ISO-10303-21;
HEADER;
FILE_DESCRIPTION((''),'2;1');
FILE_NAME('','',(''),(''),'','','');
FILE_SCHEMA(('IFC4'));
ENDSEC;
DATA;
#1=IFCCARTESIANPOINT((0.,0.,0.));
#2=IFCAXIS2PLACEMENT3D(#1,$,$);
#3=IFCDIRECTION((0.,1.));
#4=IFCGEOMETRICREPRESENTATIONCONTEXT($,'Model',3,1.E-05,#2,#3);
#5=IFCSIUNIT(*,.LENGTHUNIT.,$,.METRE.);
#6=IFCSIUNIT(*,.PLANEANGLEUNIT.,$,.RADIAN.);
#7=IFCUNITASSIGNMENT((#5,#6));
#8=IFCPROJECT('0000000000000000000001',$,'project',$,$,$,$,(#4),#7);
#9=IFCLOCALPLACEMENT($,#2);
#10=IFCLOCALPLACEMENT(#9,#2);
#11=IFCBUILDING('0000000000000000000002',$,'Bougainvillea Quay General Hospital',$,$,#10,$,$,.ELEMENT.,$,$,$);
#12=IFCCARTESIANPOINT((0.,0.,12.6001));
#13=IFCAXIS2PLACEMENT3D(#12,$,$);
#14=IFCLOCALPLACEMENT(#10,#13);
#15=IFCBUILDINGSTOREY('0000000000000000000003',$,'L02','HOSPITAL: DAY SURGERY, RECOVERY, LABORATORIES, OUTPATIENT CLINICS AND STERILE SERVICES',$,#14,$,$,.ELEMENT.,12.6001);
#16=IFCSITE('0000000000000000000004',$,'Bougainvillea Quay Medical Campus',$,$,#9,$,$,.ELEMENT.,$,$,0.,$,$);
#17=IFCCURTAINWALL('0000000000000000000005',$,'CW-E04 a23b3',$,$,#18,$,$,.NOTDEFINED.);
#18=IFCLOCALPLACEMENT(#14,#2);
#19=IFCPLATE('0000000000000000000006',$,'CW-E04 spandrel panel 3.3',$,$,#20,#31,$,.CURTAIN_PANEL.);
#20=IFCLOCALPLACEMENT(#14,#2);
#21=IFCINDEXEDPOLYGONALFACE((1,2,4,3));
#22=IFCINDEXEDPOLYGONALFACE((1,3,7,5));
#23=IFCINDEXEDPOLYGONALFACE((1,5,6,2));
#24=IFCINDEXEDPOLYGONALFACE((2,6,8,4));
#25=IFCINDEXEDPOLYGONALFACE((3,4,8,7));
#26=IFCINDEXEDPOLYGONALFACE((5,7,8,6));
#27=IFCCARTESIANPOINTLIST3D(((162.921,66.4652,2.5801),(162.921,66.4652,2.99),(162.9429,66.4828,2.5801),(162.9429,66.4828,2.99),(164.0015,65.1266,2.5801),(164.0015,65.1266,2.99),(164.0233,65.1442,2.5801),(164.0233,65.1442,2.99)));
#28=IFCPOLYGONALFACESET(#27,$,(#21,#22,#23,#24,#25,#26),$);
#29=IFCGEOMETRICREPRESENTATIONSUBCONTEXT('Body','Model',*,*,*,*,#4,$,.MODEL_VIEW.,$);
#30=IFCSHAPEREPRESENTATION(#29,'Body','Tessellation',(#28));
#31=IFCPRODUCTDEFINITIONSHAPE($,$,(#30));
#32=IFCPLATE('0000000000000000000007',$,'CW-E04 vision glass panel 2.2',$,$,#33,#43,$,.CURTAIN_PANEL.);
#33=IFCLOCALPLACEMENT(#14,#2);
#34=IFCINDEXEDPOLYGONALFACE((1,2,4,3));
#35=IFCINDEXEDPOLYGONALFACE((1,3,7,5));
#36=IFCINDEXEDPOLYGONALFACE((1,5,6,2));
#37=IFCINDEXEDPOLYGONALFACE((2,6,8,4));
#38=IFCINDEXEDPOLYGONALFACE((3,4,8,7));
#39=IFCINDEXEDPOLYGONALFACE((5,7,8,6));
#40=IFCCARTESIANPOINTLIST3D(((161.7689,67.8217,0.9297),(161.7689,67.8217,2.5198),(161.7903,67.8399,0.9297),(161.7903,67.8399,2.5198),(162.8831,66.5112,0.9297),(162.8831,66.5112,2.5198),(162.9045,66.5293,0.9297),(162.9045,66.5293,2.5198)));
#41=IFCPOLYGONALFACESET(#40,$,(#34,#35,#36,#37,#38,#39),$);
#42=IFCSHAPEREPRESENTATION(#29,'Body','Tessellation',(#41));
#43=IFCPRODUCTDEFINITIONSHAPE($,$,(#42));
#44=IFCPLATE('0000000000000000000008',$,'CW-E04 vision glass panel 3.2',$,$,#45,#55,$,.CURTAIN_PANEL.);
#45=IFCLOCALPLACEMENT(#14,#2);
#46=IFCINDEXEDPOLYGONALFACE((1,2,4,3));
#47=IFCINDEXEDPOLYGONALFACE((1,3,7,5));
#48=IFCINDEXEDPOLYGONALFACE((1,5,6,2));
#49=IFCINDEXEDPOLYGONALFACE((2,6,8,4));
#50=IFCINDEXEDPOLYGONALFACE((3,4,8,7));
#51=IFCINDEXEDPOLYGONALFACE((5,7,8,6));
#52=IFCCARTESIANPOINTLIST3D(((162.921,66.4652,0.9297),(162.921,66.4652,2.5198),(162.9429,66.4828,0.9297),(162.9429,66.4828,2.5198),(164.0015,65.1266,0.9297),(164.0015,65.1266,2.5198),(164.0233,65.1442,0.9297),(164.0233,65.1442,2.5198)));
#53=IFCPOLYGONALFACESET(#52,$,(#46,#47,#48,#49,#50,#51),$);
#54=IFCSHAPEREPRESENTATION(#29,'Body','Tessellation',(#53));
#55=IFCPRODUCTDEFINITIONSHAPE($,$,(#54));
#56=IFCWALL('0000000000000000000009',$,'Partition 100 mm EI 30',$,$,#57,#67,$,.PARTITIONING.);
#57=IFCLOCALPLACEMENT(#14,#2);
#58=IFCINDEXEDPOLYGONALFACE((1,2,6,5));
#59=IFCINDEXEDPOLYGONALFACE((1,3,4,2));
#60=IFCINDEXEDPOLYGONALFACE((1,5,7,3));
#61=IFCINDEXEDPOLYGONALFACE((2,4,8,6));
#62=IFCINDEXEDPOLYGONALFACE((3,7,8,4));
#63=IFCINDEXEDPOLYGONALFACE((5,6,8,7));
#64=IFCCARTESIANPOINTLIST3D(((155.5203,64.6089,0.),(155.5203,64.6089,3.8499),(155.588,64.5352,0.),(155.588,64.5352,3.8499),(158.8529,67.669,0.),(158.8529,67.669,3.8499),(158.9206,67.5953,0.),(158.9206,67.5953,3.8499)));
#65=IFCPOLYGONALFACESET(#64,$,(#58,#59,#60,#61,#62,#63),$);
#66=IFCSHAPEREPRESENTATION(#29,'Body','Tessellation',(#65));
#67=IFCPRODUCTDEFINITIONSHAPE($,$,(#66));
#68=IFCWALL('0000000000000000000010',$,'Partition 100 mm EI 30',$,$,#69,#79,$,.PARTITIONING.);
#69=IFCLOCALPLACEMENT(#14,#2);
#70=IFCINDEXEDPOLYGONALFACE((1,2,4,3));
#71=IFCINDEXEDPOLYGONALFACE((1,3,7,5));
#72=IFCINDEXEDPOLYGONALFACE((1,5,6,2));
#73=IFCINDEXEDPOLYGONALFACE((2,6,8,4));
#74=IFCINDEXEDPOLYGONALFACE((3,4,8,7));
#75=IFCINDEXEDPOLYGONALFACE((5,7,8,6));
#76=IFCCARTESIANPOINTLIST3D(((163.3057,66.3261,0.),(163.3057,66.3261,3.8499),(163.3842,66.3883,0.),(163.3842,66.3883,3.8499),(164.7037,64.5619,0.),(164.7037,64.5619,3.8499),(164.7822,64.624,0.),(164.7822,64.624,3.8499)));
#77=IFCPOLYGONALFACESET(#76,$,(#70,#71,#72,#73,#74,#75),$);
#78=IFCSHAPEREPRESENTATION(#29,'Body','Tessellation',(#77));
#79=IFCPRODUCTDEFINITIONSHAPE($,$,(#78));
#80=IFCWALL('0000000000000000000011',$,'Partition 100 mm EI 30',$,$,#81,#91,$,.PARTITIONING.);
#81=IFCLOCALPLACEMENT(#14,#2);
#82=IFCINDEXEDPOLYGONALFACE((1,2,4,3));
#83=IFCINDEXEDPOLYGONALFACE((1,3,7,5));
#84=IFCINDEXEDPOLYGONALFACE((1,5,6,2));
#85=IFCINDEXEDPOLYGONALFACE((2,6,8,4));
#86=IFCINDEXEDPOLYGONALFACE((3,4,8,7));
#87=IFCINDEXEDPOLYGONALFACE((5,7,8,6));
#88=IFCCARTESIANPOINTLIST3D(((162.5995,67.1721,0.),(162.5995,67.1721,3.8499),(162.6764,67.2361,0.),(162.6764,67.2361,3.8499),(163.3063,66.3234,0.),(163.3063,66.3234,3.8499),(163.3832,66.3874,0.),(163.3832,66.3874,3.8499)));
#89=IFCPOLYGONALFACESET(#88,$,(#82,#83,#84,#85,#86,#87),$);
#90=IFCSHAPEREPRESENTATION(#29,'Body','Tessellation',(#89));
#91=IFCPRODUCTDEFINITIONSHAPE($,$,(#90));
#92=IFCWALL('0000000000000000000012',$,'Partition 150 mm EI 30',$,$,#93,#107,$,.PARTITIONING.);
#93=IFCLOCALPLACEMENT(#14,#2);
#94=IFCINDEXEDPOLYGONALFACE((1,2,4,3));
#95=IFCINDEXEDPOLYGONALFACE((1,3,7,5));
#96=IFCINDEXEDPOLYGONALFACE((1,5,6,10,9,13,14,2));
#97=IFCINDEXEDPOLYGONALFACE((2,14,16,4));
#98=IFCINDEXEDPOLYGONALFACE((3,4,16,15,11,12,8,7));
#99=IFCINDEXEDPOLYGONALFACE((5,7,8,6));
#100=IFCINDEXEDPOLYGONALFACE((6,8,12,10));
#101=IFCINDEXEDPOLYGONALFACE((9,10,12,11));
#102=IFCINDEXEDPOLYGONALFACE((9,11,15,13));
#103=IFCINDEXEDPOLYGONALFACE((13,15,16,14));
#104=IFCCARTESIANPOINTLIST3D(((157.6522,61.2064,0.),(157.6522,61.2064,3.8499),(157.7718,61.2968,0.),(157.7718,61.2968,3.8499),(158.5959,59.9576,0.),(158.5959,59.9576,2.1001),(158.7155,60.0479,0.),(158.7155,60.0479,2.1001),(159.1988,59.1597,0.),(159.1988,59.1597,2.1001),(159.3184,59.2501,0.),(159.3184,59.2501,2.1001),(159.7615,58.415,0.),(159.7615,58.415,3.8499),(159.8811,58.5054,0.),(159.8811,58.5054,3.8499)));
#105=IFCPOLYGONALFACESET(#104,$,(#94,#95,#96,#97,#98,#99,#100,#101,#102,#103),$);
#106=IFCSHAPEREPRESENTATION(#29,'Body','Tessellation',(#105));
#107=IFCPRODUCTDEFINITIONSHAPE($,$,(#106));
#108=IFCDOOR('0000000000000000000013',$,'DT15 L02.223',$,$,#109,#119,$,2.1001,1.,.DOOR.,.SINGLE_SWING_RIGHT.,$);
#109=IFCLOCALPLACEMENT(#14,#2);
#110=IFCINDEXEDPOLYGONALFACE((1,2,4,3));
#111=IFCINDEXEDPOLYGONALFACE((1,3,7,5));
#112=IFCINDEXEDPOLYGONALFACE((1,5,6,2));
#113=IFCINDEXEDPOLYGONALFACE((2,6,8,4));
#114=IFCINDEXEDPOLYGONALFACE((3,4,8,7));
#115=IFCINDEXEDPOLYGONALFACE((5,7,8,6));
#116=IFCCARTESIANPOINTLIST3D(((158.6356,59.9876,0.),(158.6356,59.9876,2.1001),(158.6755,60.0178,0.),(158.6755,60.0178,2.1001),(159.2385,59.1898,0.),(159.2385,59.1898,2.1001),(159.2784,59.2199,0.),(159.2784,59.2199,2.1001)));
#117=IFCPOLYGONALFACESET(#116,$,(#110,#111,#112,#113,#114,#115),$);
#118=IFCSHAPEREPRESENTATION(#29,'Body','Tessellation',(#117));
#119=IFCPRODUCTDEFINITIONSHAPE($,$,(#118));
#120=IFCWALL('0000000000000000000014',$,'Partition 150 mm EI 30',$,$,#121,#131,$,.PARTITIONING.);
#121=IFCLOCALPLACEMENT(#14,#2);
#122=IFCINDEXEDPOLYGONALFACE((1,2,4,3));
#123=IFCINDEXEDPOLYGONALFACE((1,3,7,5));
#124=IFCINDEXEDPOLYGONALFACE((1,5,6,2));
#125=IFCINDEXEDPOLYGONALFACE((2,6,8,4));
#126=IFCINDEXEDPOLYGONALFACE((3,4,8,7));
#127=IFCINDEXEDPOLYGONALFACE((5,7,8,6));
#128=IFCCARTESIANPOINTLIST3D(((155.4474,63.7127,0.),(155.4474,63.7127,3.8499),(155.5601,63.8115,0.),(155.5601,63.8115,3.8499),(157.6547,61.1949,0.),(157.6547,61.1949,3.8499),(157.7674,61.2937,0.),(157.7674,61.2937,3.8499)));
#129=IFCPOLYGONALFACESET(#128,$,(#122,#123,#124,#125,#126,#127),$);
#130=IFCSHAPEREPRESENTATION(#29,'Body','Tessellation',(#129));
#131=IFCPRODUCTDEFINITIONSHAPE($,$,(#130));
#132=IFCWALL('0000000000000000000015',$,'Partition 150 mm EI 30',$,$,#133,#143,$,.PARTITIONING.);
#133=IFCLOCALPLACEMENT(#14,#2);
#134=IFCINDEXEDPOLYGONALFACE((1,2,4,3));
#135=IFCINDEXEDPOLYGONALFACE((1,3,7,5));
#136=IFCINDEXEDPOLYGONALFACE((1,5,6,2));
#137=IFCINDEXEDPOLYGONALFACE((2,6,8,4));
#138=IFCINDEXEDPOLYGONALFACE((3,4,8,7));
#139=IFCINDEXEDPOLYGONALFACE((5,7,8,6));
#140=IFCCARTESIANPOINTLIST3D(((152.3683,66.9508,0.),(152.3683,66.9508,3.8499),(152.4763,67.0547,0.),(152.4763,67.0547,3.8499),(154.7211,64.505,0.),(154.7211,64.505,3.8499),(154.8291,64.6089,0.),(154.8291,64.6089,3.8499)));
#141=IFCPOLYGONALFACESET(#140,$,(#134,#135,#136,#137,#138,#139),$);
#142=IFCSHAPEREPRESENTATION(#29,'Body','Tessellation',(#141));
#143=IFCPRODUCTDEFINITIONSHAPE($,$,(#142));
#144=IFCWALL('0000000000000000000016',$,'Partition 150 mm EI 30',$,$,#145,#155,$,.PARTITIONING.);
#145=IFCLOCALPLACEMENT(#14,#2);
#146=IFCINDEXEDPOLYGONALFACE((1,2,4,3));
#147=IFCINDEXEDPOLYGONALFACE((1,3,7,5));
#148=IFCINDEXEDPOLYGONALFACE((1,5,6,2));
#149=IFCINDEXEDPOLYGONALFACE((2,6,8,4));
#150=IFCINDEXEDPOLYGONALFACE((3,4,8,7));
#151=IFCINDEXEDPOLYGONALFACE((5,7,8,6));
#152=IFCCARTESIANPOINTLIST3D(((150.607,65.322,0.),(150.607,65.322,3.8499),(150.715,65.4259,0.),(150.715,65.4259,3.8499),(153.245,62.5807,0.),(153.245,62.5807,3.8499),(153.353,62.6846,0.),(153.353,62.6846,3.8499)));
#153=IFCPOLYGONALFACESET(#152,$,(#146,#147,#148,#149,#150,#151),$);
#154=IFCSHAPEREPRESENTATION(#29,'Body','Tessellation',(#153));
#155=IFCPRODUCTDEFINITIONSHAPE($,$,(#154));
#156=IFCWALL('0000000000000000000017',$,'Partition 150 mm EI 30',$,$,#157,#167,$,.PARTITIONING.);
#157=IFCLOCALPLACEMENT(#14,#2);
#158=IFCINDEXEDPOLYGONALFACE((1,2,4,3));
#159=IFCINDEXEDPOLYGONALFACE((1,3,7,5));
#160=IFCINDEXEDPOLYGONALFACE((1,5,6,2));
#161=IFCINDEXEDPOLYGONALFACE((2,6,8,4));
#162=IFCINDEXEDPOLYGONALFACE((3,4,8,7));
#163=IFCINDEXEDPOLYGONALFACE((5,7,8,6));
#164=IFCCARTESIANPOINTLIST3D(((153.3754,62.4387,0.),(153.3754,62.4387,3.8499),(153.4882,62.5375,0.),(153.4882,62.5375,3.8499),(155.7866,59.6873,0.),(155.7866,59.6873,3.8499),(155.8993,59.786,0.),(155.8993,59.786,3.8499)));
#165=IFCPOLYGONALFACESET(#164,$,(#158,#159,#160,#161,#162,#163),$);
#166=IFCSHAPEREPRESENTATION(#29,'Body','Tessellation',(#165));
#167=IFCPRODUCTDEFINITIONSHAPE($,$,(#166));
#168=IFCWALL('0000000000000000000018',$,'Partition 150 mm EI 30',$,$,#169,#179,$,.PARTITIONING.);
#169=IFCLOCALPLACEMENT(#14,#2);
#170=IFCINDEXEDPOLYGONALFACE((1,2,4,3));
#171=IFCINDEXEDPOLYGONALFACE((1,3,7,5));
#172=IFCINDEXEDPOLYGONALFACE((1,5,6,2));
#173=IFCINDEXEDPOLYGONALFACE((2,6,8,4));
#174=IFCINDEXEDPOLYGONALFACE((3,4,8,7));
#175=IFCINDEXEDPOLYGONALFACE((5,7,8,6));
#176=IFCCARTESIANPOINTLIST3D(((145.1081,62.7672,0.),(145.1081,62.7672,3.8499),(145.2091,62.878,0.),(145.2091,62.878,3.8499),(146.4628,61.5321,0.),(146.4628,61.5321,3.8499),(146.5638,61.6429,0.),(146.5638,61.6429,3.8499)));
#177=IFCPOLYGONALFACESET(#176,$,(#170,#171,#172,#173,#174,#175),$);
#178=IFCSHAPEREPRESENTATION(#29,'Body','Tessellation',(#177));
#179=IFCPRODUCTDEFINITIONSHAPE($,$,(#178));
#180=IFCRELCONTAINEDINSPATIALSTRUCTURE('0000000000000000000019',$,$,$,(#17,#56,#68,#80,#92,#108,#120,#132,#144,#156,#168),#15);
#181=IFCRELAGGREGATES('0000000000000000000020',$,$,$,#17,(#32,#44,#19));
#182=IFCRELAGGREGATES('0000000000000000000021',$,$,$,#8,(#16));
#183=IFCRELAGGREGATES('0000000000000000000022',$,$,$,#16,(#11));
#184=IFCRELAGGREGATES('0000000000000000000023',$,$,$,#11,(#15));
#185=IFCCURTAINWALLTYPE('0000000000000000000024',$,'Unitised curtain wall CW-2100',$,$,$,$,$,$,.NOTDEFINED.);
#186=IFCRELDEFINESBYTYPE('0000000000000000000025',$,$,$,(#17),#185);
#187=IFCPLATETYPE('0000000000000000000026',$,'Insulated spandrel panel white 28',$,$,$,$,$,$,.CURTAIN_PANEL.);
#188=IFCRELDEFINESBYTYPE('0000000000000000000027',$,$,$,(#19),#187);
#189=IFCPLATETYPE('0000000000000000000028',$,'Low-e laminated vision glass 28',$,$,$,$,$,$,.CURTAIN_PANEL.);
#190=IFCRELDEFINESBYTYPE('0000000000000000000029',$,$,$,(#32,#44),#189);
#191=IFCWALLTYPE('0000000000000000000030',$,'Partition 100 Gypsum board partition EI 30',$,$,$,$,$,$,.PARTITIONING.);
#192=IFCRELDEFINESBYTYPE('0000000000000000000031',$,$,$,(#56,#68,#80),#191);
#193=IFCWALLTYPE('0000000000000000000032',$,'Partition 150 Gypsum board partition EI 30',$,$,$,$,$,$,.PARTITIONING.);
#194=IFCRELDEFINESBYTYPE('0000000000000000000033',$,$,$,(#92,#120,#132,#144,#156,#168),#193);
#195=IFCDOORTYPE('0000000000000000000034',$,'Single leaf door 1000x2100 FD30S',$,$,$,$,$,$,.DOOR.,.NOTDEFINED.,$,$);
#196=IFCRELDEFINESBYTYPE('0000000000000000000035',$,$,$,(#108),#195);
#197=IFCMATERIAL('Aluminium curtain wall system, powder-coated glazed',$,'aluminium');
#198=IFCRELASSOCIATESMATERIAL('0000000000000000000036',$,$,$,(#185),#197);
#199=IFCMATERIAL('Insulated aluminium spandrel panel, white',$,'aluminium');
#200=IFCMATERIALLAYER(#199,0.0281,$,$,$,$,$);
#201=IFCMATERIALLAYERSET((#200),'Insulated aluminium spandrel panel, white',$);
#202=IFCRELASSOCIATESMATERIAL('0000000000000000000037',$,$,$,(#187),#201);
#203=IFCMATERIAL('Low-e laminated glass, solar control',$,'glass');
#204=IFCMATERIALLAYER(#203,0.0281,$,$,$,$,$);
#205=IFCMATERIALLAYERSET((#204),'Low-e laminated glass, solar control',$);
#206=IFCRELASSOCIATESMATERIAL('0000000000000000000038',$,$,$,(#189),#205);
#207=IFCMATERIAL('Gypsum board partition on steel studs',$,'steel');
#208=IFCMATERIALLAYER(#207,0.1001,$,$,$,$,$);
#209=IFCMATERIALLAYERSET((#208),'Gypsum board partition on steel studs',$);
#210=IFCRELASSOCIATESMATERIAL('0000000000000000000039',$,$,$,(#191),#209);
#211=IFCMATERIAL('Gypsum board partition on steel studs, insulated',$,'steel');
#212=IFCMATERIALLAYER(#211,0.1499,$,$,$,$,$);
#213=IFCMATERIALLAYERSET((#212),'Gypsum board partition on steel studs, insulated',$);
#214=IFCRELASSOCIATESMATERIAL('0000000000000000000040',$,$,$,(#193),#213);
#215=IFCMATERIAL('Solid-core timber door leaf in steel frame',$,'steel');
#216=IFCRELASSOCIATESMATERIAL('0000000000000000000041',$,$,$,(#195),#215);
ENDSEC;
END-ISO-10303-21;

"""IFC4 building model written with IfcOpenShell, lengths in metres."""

from ifc_helpers import new_model, si_unit, direction, frame, frame_2d, origin, origin_2d, place, context, subcontext, project, spatial, rectangle, extrude, material, layer, layer_set, type_object, element, fill, aggregate, save


model = new_model("IFC4")

# Units and contexts
model_context = context("Model", 3, precision=1e-05, world=origin(), true_north=direction((0.0, 1.0)))
body_context = subcontext(model_context, "Body", "Model", "MODEL_VIEW")
ifc_project = project(units=[si_unit("LENGTHUNIT", "METRE"), si_unit("PLANEANGLEUNIT", "RADIAN")], contexts=[model_context])

# Site, building, storey
site_placement = place(None, origin())
site = spatial("IfcSite", under=ifc_project, at=site_placement, Name="Bougainvillea Quay Medical Campus", CompositionType="ELEMENT", RefElevation=0.0)
building_placement = place(site_placement, origin())
building = spatial("IfcBuilding", under=site, at=building_placement, Name="Bougainvillea Quay General Hospital", CompositionType="ELEMENT")
storey_placement = place(building_placement, frame((0.0, 0.0, 12.6001)))
storey = spatial("IfcBuildingStorey", under=building, at=storey_placement, Name="L02", Description="HOSPITAL: DAY SURGERY, RECOVERY, LABORATORIES, OUTPATIENT CLINICS AND STERILE SERVICES", CompositionType="ELEMENT", Elevation=12.6001)

# Curtain wall, plates
ifc_material_1 = material(Name="Aluminium curtain wall system, powder-coated glazed", Category="aluminium")
curtain_wall_type = type_object("IfcCurtainWallType", Name="Unitised curtain wall CW-2100", PredefinedType="NOTDEFINED", material=ifc_material_1)
curtain_wall_placement = place(storey_placement, origin())
curtain_wall = element("IfcCurtainWall", 1, at=curtain_wall_placement, inside=storey, type_object=curtain_wall_type, Name="CW-E04 a23b3", PredefinedType="NOTDEFINED")
ifc_material_2 = material(Name="Insulated aluminium spandrel panel, white", Category="aluminium")
ifc_layer_1 = layer(ifc_material_2, 0.0281)
ifc_layer_set_1 = layer_set([ifc_layer_1], Name="Insulated aluminium spandrel panel, white")
plate_type_1 = type_object("IfcPlateType", Name="Insulated spandrel panel white 28", PredefinedType="CURTAIN_PANEL", material=ifc_layer_set_1)
plate_1_placement = place(storey_placement, frame((163.4722, 65.8047, 2.5801), z_axis=(0.0, 0.0, 1.0), x_axis=(0.628072, -0.778155, 0.0)))
plate_1 = element("IfcPlate", 2, at=plate_1_placement, type_object=plate_type_1, Name="CW-E04 spandrel panel 3.3", PredefinedType="CURTAIN_PANEL", context=body_context, shape_type="SweptSolid", body=[
    extrude(rectangle(XDim=1.7202, YDim=0.0281, at=origin_2d()), origin(), (0.0, 0.0, 1.0), 0.4099),
])
ifc_material_3 = material(Name="Low-e laminated glass, solar control", Category="glass")
ifc_layer_2 = layer(ifc_material_3, 0.0281)
ifc_layer_set_2 = layer_set([ifc_layer_2], Name="Low-e laminated glass, solar control")
plate_type_2 = type_object("IfcPlateType", Name="Low-e laminated vision glass 28", PredefinedType="CURTAIN_PANEL", material=ifc_layer_set_2)
plate_2_placement = place(storey_placement, frame((162.3367, 67.1755, 0.9297), z_axis=(0.0, 0.0, 1.0), x_axis=(0.647726, -0.761873, 0.0)))
plate_2 = element("IfcPlate", 3, at=plate_2_placement, type_object=plate_type_2, Name="CW-E04 vision glass panel 2.2", PredefinedType="CURTAIN_PANEL", context=body_context, shape_type="SweptSolid", body=[
    extrude(rectangle(XDim=1.7202, YDim=0.0281, at=origin_2d()), origin(), (0.0, 0.0, 1.0), 1.5901),
])
plate_3_placement = place(storey_placement, frame((163.4722, 65.8047, 0.9297), z_axis=(0.0, 0.0, 1.0), x_axis=(0.628072, -0.778155, 0.0)))
plate_3 = element("IfcPlate", 4, at=plate_3_placement, type_object=plate_type_2, Name="CW-E04 vision glass panel 3.2", PredefinedType="CURTAIN_PANEL", context=body_context, shape_type="SweptSolid", body=[
    extrude(rectangle(XDim=1.7202, YDim=0.0281, at=origin_2d()), origin(), (0.0, 0.0, 1.0), 1.5901),
])
aggregate(curtain_wall, [plate_2, plate_3, plate_1])

# Walls
ifc_material_4 = material(Name="Gypsum board partition on steel studs", Category="steel")
ifc_layer_3 = layer(ifc_material_4, 0.1001)
ifc_layer_set_3 = layer_set([ifc_layer_3], Name="Gypsum board partition on steel studs")
wall_type_1 = type_object("IfcWallType", Name="Partition 100 Gypsum board partition EI 30", PredefinedType="PARTITIONING", material=ifc_layer_set_3)
wall_1_placement = place(storey_placement, frame((155.5542, 64.572, 0.0), z_axis=(0.0, 0.0, 1.0), x_axis=(0.736576, 0.676355, 0.0)))
element("IfcWall", 5, at=wall_1_placement, inside=storey, type_object=wall_type_1, Name="Partition 100 mm EI 30", PredefinedType="PARTITIONING", context=body_context, shape_type="SweptSolid", body=[
    extrude(rectangle(XDim=4.5244, YDim=0.1001, at=frame_2d((2.2622, 0.0))), origin(), (0.0, 0.0, 1.0), 3.8499),
])
wall_2_placement = place(storey_placement, frame((163.345, 66.3572, 0.0), z_axis=(0.0, 0.0, 1.0), x_axis=(0.621064, -0.78376, 0.0)))
element("IfcWall", 6, at=wall_2_placement, inside=storey, type_object=wall_type_1, Name="Partition 100 mm EI 30", PredefinedType="PARTITIONING", context=body_context, shape_type="SweptSolid", body=[
    extrude(rectangle(XDim=2.251, YDim=0.1001, at=frame_2d((1.1255, 0.0))), origin(), (0.0, 0.0, 1.0), 3.8499),
])
wall_3_placement = place(storey_placement, frame((162.6379, 67.2041, 0.0), z_axis=(0.0, 0.0, 1.0), x_axis=(0.639967, -0.768402, 0.0)))
element("IfcWall", 7, at=wall_3_placement, inside=storey, type_object=wall_type_1, Name="Partition 100 mm EI 30", PredefinedType="PARTITIONING", context=body_context, shape_type="SweptSolid", body=[
    extrude(rectangle(XDim=1.1045, YDim=0.1001, at=frame_2d((0.5522, 0.0))), origin(), (0.0, 0.0, 1.0), 3.8499),
])

# Wall, opening, door
ifc_material_5 = material(Name="Gypsum board partition on steel studs, insulated", Category="steel")
ifc_layer_4 = layer(ifc_material_5, 0.1499)
ifc_layer_set_4 = layer_set([ifc_layer_4], Name="Gypsum board partition on steel studs, insulated")
wall_type_2 = type_object("IfcWallType", Name="Partition 150 Gypsum board partition EI 30", PredefinedType="PARTITIONING", material=ifc_layer_set_4)
wall_4_placement = place(storey_placement, frame((157.7119, 61.2517, 0.0), z_axis=(0.0, 0.0, 1.0), x_axis=(0.602877, -0.797835, 0.0)))
wall_4 = element("IfcWall", 8, at=wall_4_placement, inside=storey, type_object=wall_type_2, Name="Partition 150 mm EI 30", PredefinedType="PARTITIONING", context=body_context, shape_type="SweptSolid", body=[
    extrude(rectangle(XDim=3.4988, YDim=0.1499, at=frame_2d((1.7495, 0.0))), origin(), (0.0, 0.0, 1.0), 3.8499),
])
opening_placement = place(wall_4_placement, frame((1.5654, 0.0, 0.0)))
opening = element("IfcOpeningElement", 9, at=opening_placement, cuts=wall_4, PredefinedType="OPENING", context=body_context, shape_type="SweptSolid", body=[
    extrude(rectangle(XDim=1.0, YDim=2.1001, at=frame_2d((0.5, 1.05))), frame((0.0, 0.085, 0.0), z_axis=(0.0, -1.0, 0.0), x_axis=(1.0, 0.0, 0.0)), (0.0, 0.0, 1.0), 0.1699),
])
ifc_material_6 = material(Name="Solid-core timber door leaf in steel frame", Category="steel")
door_type = type_object("IfcDoorType", Name="Single leaf door 1000x2100 FD30S", OperationType="NOTDEFINED", PredefinedType="DOOR", material=ifc_material_6)
door_placement = place(opening_placement, origin())
door = element("IfcDoor", 10, at=door_placement, inside=storey, type_object=door_type, Name="DT15 L02.223", OperationType="SINGLE_SWING_RIGHT", OverallHeight=2.1001, OverallWidth=1.0, PredefinedType="DOOR", context=body_context, shape_type="SweptSolid", body=[
    extrude(rectangle(XDim=1.0, YDim=2.1001, at=frame_2d((0.5, 1.05))), frame((0.0, 0.0249, 0.0), z_axis=(0.0, -1.0, 0.0), x_axis=(1.0, 0.0, 0.0)), (0.0, 0.0, 1.0), 0.05),
])
fill(opening, door)

# Walls
wall_5_placement = place(storey_placement, frame((155.5037, 63.7622, 0.0), z_axis=(0.0, 0.0, 1.0), x_axis=(0.659212, -0.751958, 0.0)))
element("IfcWall", 11, at=wall_5_placement, inside=storey, type_object=wall_type_2, Name="Partition 150 mm EI 30", PredefinedType="PARTITIONING", context=body_context, shape_type="SweptSolid", body=[
    extrude(rectangle(XDim=3.3484, YDim=0.1499, at=frame_2d((1.6743, 0.0))), origin(), (0.0, 0.0, 1.0), 3.8499),
])
wall_6_placement = place(storey_placement, frame((152.4224, 67.0027, 0.0), z_axis=(0.0, 0.0, 1.0), x_axis=(0.69327, -0.720678, 0.0)))
element("IfcWall", 12, at=wall_6_placement, inside=storey, type_object=wall_type_2, Name="Partition 150 mm EI 30", PredefinedType="PARTITIONING", context=body_context, shape_type="SweptSolid", body=[
    extrude(rectangle(XDim=3.3938, YDim=0.1499, at=frame_2d((1.6968, 0.0))), origin(), (0.0, 0.0, 1.0), 3.8499),
])
wall_7_placement = place(storey_placement, frame((150.6609, 65.374, 0.0), z_axis=(0.0, 0.0, 1.0), x_axis=(0.693404, -0.720549, 0.0)))
element("IfcWall", 13, at=wall_7_placement, inside=storey, type_object=wall_type_2, Name="Partition 150 mm EI 30", PredefinedType="PARTITIONING", context=body_context, shape_type="SweptSolid", body=[
    extrude(rectangle(XDim=3.8044, YDim=0.1499, at=frame_2d((1.9023, 0.0))), origin(), (0.0, 0.0, 1.0), 3.8499),
])
wall_8_placement = place(storey_placement, frame((153.4319, 62.488, 0.0), z_axis=(0.0, 0.0, 1.0), x_axis=(0.659062, -0.752089, 0.0)))
element("IfcWall", 14, at=wall_8_placement, inside=storey, type_object=wall_type_2, Name="Partition 150 mm EI 30", PredefinedType="PARTITIONING", context=body_context, shape_type="SweptSolid", body=[
    extrude(rectangle(XDim=3.6584, YDim=0.1499, at=frame_2d((1.8291, 0.0))), origin(), (0.0, 0.0, 1.0), 3.8499),
])
wall_9_placement = place(storey_placement, frame((145.1587, 62.8225, 0.0), z_axis=(0.0, 0.0, 1.0), x_axis=(0.738981, -0.673726, 0.0)))
element("IfcWall", 15, at=wall_9_placement, inside=storey, type_object=wall_type_2, Name="Partition 150 mm EI 30", PredefinedType="PARTITIONING", context=body_context, shape_type="SweptSolid", body=[
    extrude(rectangle(XDim=1.8333, YDim=0.1499, at=frame_2d((0.9165, 0.0))), origin(), (0.0, 0.0, 1.0), 3.8499),
])

save(model, "model.ifc")
